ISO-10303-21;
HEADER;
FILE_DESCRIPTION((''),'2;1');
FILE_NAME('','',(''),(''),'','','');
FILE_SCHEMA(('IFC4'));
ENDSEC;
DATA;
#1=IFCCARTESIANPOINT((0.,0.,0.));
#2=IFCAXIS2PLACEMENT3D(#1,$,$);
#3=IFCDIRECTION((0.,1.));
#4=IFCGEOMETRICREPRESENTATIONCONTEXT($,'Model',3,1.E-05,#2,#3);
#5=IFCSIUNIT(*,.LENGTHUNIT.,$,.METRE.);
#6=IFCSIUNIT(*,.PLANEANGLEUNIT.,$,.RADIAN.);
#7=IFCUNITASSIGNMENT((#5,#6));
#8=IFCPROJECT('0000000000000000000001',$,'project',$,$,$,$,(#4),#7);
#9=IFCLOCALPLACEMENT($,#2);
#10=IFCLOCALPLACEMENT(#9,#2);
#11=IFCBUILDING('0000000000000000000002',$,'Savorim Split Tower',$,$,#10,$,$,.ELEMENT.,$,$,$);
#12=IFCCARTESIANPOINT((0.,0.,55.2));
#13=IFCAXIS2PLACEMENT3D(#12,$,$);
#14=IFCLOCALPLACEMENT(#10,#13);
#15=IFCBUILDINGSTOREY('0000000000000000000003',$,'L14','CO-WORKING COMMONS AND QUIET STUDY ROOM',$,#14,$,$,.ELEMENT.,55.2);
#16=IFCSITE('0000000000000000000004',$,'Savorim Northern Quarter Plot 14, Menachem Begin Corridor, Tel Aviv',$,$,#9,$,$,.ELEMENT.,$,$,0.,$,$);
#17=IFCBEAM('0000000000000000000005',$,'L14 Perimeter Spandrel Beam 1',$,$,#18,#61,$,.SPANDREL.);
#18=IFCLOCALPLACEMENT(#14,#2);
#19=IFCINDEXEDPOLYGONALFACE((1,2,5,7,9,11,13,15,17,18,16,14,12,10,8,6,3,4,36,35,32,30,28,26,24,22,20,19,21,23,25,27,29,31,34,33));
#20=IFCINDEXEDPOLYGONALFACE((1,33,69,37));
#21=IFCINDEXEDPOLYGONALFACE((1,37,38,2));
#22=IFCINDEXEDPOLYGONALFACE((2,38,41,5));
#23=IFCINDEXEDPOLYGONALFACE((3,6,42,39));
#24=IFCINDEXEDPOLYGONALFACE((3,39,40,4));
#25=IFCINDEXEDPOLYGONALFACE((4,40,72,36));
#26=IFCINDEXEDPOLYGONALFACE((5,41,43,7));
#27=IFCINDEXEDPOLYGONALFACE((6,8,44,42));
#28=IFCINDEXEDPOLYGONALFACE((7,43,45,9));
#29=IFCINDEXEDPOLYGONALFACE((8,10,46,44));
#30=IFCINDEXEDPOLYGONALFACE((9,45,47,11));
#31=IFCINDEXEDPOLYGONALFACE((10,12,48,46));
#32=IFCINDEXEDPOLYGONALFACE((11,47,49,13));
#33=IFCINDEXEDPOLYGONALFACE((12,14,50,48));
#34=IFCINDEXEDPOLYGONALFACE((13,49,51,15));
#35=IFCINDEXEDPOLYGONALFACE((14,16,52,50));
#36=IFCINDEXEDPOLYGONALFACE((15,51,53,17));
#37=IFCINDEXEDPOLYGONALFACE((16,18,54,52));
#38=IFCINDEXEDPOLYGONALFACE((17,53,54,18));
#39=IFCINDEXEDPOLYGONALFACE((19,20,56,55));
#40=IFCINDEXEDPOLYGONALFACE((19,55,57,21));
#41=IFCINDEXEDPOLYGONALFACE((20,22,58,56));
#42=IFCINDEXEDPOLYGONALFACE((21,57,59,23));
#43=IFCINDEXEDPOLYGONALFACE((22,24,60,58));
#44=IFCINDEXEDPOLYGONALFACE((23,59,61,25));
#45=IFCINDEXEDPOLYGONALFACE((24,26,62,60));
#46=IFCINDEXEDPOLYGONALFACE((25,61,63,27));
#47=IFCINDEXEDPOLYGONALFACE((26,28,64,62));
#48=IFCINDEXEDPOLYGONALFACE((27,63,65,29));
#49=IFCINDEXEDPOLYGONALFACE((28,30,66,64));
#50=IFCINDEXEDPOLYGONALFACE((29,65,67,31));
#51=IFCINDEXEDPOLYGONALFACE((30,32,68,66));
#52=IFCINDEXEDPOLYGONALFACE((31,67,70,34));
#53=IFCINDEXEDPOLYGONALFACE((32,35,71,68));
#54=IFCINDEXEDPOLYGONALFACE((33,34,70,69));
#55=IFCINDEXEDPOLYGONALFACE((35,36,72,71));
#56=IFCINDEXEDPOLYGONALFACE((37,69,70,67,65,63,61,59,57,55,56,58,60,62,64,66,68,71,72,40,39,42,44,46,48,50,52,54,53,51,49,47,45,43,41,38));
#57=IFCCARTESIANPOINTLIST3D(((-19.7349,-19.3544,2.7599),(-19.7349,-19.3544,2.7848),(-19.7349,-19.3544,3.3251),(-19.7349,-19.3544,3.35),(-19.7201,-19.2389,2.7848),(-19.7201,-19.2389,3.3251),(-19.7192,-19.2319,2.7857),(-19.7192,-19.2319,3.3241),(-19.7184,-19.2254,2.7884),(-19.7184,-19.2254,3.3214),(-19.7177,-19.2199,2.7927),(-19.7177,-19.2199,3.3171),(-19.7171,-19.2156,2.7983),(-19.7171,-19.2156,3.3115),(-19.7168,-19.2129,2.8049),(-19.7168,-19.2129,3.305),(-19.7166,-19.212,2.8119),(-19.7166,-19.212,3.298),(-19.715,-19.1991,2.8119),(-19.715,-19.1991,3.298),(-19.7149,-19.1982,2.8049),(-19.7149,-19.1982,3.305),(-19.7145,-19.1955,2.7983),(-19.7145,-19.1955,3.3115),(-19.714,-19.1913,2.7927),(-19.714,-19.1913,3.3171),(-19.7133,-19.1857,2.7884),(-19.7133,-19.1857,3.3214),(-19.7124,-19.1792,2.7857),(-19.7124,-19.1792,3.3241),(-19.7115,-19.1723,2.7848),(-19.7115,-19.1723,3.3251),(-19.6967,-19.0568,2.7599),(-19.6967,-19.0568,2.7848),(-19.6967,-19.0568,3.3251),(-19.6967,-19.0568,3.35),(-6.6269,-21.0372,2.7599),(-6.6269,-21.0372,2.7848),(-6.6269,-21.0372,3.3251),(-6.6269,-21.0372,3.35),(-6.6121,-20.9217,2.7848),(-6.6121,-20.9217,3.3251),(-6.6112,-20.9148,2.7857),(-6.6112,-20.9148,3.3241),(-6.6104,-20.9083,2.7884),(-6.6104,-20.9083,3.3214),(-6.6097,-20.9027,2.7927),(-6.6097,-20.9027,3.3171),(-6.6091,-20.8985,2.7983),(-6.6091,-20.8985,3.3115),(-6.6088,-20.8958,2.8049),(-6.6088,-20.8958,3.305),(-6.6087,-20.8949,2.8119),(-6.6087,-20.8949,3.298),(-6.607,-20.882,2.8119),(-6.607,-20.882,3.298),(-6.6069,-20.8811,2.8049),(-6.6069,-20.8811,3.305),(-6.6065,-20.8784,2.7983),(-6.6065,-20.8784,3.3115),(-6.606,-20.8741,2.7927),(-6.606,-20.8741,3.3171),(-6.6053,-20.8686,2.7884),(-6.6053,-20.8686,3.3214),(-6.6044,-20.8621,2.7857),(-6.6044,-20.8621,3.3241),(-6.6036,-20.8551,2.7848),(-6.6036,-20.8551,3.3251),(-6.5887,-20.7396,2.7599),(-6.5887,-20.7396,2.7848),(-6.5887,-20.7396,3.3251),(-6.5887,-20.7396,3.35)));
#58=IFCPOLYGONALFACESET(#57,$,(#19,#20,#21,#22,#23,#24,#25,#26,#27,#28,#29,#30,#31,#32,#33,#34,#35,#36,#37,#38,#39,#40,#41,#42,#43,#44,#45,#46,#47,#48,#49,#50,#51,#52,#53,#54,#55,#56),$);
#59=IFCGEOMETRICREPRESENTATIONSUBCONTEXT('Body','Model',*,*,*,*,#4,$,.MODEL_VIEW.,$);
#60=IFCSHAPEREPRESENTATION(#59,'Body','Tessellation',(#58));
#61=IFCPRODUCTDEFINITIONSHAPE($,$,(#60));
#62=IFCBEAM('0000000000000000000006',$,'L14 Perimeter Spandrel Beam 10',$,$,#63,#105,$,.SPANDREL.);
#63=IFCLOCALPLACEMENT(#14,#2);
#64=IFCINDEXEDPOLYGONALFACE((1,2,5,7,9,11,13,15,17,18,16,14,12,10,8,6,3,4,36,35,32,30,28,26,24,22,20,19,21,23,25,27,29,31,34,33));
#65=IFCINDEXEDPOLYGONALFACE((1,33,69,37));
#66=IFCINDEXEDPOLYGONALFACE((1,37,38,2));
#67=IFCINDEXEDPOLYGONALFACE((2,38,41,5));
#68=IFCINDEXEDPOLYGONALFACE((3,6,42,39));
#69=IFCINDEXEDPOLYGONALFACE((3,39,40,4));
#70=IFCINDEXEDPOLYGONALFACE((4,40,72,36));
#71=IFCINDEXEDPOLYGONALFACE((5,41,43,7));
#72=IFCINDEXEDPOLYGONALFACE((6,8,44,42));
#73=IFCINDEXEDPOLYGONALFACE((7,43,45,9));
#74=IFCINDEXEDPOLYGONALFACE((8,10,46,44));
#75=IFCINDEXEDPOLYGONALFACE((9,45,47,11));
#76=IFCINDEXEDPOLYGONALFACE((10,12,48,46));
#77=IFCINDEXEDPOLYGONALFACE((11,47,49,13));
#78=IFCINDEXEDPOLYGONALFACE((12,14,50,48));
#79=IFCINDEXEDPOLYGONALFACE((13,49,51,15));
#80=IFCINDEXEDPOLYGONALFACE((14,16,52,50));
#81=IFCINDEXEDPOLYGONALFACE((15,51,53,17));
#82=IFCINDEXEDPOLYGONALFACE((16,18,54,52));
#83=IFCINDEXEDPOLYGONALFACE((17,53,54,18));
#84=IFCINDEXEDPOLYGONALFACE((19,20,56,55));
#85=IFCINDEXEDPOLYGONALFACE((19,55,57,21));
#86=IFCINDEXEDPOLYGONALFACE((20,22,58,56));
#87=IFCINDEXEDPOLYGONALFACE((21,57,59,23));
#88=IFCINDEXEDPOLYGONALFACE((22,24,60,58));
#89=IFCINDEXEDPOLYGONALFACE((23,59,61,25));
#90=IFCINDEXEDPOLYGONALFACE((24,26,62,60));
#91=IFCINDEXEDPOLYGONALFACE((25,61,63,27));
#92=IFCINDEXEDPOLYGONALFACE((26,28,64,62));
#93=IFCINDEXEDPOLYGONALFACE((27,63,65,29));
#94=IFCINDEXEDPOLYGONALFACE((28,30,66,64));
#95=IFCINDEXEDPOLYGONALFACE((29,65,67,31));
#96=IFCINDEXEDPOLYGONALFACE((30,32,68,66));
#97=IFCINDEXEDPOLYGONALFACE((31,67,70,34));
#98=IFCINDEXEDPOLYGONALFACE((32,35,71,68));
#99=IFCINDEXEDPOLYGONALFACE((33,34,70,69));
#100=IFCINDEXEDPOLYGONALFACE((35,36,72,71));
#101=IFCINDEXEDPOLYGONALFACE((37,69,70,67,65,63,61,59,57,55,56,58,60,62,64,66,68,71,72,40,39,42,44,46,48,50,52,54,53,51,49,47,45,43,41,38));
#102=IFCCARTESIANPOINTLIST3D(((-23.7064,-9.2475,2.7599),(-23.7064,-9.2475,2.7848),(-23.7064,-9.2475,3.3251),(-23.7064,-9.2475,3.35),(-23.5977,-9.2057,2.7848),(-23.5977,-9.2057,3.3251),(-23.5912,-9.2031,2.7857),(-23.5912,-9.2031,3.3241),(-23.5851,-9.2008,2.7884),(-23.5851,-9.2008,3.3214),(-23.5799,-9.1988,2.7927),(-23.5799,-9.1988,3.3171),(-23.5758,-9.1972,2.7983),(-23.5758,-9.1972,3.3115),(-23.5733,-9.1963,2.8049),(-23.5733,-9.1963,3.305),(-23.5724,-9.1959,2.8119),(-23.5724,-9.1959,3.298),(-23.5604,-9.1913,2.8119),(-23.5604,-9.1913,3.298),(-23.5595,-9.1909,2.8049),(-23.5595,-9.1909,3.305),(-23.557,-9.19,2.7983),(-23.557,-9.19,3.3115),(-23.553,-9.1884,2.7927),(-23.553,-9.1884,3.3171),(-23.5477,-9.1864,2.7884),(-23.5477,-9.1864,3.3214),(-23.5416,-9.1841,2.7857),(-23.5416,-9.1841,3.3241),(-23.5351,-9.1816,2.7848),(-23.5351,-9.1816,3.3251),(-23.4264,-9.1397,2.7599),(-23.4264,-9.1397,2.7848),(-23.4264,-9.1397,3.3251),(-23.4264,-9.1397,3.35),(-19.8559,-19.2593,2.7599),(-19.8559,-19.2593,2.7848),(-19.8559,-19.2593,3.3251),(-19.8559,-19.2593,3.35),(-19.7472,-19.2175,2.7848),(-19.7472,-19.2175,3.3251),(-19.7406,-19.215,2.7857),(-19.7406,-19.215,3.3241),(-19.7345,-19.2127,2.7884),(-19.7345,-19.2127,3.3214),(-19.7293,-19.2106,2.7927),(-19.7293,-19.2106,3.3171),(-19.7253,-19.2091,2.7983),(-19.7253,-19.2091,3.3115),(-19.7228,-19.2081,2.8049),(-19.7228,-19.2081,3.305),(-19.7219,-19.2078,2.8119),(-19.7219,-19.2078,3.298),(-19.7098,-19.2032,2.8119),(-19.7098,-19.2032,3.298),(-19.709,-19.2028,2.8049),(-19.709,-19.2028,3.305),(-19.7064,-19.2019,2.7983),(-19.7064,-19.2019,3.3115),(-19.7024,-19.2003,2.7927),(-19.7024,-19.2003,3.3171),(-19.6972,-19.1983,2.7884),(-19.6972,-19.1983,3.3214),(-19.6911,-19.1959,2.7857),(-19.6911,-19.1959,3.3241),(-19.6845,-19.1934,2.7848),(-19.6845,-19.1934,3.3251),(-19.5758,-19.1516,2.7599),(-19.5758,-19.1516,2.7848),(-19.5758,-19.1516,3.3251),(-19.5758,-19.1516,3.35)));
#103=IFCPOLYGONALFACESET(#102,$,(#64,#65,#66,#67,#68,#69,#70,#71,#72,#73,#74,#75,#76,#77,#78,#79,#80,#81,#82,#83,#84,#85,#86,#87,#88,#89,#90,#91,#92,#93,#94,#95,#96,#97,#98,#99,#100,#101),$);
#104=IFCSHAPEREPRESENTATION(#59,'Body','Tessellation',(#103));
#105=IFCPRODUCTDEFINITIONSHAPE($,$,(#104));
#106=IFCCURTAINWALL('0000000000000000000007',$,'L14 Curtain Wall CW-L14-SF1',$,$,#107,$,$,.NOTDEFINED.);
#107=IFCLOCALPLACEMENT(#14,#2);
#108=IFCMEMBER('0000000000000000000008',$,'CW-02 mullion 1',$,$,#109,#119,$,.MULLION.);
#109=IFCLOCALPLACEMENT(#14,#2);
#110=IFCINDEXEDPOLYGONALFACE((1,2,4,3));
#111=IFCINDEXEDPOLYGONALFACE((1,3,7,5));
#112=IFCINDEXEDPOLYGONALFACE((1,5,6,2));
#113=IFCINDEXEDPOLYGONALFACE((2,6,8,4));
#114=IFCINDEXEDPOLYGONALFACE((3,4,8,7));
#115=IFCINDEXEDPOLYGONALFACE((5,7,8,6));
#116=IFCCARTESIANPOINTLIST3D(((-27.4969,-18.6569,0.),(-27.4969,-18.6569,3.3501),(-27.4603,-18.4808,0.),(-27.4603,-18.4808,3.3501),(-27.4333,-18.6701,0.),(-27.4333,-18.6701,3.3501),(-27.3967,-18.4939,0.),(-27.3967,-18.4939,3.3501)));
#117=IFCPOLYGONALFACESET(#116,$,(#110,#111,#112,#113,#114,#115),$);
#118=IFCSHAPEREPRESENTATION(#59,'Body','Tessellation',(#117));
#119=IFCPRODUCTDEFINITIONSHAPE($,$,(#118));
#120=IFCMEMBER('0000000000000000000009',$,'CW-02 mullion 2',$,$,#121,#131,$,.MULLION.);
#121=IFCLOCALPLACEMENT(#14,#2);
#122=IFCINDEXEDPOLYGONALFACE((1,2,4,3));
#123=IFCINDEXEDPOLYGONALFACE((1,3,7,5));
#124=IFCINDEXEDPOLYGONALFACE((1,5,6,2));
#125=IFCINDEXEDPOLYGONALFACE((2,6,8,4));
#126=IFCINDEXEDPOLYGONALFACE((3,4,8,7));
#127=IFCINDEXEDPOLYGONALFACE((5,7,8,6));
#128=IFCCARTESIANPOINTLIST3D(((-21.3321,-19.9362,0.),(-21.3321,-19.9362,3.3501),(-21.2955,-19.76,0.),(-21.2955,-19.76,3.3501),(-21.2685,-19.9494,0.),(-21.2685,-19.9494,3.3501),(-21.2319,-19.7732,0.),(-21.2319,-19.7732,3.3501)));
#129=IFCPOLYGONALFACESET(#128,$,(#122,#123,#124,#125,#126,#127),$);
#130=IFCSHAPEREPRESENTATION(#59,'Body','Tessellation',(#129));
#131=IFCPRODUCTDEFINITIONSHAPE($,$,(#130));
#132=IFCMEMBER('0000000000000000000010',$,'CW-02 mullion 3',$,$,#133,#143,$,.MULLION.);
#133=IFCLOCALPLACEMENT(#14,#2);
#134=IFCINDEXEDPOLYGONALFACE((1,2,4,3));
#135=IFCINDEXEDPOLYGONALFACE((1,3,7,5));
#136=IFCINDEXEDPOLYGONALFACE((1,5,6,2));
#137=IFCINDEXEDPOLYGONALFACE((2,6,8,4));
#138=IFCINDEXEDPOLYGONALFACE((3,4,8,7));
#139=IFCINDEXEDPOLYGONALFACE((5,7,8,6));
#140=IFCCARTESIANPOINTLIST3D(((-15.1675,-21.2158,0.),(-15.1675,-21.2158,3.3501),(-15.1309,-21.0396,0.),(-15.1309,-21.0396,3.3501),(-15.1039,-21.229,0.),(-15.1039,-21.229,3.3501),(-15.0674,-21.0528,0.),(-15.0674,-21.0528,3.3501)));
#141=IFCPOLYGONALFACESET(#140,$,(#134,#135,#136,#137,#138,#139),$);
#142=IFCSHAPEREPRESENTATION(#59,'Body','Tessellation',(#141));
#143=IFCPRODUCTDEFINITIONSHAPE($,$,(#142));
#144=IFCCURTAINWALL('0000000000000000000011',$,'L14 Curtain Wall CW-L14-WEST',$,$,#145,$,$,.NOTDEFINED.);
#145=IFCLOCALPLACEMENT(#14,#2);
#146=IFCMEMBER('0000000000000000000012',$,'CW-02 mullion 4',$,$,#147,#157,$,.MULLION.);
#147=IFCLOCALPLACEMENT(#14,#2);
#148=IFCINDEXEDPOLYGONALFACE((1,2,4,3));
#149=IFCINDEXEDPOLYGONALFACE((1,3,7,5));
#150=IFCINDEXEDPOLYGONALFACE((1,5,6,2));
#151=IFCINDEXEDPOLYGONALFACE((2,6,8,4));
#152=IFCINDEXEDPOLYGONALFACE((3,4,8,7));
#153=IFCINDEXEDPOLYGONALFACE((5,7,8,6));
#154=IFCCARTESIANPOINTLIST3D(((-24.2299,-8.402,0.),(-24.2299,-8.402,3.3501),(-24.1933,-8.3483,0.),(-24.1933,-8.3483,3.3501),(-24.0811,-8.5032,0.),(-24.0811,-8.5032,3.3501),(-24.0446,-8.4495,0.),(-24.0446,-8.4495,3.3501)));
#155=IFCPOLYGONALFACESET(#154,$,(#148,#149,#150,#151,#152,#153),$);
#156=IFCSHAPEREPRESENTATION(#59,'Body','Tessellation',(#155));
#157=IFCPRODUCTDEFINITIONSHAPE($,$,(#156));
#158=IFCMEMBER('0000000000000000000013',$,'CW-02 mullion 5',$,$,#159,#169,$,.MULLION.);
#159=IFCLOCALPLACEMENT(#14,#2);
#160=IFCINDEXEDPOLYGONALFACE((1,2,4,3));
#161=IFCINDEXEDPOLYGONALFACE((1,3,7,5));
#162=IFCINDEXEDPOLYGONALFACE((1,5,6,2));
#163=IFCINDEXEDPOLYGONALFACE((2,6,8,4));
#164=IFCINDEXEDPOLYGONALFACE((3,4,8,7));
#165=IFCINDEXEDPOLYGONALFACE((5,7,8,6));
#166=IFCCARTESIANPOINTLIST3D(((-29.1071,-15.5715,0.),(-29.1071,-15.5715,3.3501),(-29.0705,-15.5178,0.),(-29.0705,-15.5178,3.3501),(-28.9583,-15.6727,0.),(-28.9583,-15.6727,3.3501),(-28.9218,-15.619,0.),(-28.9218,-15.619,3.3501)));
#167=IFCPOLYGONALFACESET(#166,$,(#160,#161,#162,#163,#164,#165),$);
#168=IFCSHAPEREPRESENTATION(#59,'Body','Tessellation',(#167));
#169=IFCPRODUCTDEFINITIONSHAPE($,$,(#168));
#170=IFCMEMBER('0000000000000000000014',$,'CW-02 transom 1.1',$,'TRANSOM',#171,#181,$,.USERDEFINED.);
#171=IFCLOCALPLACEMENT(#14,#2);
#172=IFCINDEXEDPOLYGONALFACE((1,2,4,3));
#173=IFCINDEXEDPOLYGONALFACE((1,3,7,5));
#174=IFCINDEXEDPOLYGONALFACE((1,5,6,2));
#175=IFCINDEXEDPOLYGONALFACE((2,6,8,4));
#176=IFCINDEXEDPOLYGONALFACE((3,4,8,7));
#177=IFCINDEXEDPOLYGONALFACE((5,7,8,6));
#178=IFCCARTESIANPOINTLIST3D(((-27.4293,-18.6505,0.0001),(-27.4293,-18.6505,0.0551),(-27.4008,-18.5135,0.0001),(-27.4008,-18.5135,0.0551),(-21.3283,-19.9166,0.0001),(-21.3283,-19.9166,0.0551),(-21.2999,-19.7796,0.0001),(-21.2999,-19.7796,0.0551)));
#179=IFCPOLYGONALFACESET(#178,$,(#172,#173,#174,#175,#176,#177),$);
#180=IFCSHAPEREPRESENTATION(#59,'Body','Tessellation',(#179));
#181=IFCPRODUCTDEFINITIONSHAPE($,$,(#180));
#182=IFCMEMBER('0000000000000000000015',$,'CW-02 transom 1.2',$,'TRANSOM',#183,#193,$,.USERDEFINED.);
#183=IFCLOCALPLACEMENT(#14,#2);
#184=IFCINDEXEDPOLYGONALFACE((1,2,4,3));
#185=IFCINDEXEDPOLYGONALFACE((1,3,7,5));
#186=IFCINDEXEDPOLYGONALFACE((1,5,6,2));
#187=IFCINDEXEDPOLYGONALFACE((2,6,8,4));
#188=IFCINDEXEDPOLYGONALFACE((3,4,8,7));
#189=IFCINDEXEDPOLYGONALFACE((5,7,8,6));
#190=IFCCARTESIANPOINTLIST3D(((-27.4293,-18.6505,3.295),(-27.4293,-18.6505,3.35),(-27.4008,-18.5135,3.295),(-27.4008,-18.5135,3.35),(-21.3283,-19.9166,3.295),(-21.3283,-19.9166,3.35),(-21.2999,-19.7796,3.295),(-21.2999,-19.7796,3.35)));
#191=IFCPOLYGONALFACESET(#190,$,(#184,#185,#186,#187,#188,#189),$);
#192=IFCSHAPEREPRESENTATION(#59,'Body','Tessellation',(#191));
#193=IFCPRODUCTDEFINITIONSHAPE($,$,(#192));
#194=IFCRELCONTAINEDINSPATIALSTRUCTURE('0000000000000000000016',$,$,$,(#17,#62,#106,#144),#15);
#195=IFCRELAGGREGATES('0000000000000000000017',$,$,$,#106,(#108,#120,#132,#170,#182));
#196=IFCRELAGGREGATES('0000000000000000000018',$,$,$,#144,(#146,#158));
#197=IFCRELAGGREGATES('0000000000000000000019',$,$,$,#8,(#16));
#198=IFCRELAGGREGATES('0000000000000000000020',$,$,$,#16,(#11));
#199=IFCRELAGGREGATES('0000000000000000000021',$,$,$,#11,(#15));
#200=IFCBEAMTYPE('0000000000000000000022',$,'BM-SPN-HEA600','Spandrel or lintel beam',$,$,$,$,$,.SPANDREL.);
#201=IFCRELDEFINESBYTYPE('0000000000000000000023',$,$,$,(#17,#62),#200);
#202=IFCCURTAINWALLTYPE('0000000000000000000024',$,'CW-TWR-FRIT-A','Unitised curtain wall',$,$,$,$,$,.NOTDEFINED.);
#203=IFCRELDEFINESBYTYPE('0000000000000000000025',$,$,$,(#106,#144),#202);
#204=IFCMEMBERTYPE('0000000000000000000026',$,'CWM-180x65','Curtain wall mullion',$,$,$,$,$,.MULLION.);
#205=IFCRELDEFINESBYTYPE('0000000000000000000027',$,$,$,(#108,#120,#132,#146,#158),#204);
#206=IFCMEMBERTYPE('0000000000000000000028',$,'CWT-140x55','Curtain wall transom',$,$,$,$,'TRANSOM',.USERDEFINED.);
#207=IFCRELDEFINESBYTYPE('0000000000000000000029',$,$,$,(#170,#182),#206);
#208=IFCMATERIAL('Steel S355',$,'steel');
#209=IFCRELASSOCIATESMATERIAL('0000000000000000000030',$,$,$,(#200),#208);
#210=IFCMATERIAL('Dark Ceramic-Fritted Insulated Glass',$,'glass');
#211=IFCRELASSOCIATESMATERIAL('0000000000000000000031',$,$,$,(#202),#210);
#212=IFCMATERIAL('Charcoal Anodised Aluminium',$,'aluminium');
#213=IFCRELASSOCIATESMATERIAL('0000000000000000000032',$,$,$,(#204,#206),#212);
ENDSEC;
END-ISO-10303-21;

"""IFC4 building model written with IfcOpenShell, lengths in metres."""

from ifc_helpers import new_model, si_unit, direction, frame, origin, origin_2d, place, context, subcontext, project, spatial, rectangle, i_section, extrude, material, material_profile, profile_set, type_object, element, aggregate, save


model = new_model("IFC4")

# Units and contexts
model_context = context("Model", 3, precision=1e-05, world=origin(), true_north=direction((0.0, 1.0)))
body_context = subcontext(model_context, "Body", "Model", "MODEL_VIEW")
ifc_project = project(units=[si_unit("LENGTHUNIT", "METRE"), si_unit("PLANEANGLEUNIT", "RADIAN")], contexts=[model_context])

# Site, building, storey
site_placement = place(None, origin())
site = spatial("IfcSite", under=ifc_project, at=site_placement, Name="Savorim Northern Quarter Plot 14, Menachem Begin Corridor, Tel Aviv", CompositionType="ELEMENT", RefElevation=0.0)
building_placement = place(site_placement, origin())
building = spatial("IfcBuilding", under=site, at=building_placement, Name="Savorim Split Tower", CompositionType="ELEMENT")
storey_placement = place(building_placement, frame((0.0, 0.0, 55.2)))
storey = spatial("IfcBuildingStorey", under=building, at=storey_placement, Name="L14", Description="CO-WORKING COMMONS AND QUIET STUDY ROOM", CompositionType="ELEMENT", Elevation=55.2)

# Beams
ifc_material_1 = material(Name="Steel S355", Category="steel")
ifc_material_profile_1 = material_profile(ifc_material_1, i_section(OverallWidth=0.3, OverallDepth=0.5901, WebThickness=0.0129, FlangeThickness=0.0249, FilletRadius=0.0271, at=origin_2d()), Name="HEA 600")
ifc_profile_set_1 = profile_set([ifc_material_profile_1], Name="Steel S355")
beam_type_1 = type_object("IfcBeamType", Name="BM-SPN-HEA600", Description="Spandrel or lintel beam", PredefinedType="SPANDREL", material=ifc_profile_set_1)
beam_1_placement = place(storey_placement, frame((-19.7158, -19.2056, 3.0549), z_axis=(0.991859, -0.12734, 0.0), x_axis=(0.12734, 0.991859, 0.0)))
element("IfcBeam", 1, at=beam_1_placement, inside=storey, type_object=beam_type_1, Name="L14 Perimeter Spandrel Beam 1", PredefinedType="SPANDREL", context=body_context, shape_type="SweptSolid", body=[
    extrude(i_section(OverallWidth=0.3, OverallDepth=0.5901, WebThickness=0.0129, FlangeThickness=0.0249, FilletRadius=0.0271, at=origin_2d()), origin(), (0.0, 0.0, 1.0), 13.2156),
])
beam_2_placement = place(storey_placement, frame((-23.5664, -9.1936, 3.0549), z_axis=(0.358965, -0.933351, 0.0), x_axis=(0.933351, 0.358965, 0.0)))
element("IfcBeam", 2, at=beam_2_placement, inside=storey, type_object=beam_type_1, Name="L14 Perimeter Spandrel Beam 10", PredefinedType="SPANDREL", context=body_context, shape_type="SweptSolid", body=[
    extrude(i_section(OverallWidth=0.3, OverallDepth=0.5901, WebThickness=0.0129, FlangeThickness=0.0249, FilletRadius=0.0271, at=origin_2d()), origin(), (0.0, 0.0, 1.0), 10.7268),
])

# Curtain walls, members
ifc_material_2 = material(Name="Dark Ceramic-Fritted Insulated Glass", Category="glass")
curtain_wall_type = type_object("IfcCurtainWallType", Name="CW-TWR-FRIT-A", Description="Unitised curtain wall", PredefinedType="NOTDEFINED", material=ifc_material_2)
curtain_wall_1_placement = place(storey_placement, origin())
curtain_wall_1 = element("IfcCurtainWall", 3, at=curtain_wall_1_placement, inside=storey, type_object=curtain_wall_type, Name="L14 Curtain Wall CW-L14-SF1", PredefinedType="NOTDEFINED")
ifc_material_3 = material(Name="Charcoal Anodised Aluminium", Category="aluminium")
ifc_material_profile_2 = material_profile(ifc_material_3, rectangle(XDim=0.1799, YDim=0.0649, at=origin_2d()), Name="ALU-M 180x65")
ifc_profile_set_2 = profile_set([ifc_material_profile_2], Name="Charcoal Anodised Aluminium")
member_type_1 = type_object("IfcMemberType", Name="CWM-180x65", Description="Curtain wall mullion", PredefinedType="MULLION", material=ifc_profile_set_2)
member_1_placement = place(storey_placement, frame((-27.4468, -18.5754, 0.0), z_axis=(0.0, 0.0, 1.0), x_axis=(0.203214, 0.979134, 0.0)))
member_1 = element("IfcMember", 4, at=member_1_placement, type_object=member_type_1, Name="CW-02 mullion 1", PredefinedType="MULLION", context=body_context, shape_type="SweptSolid", body=[
    extrude(rectangle(XDim=0.1799, YDim=0.0649, at=origin_2d()), origin(), (0.0, 0.0, 1.0), 3.3501),
])
member_2_placement = place(storey_placement, frame((-21.282, -19.8547, 0.0), z_axis=(0.0, 0.0, 1.0), x_axis=(0.203214, 0.979134, 0.0)))
member_2 = element("IfcMember", 5, at=member_2_placement, type_object=member_type_1, Name="CW-02 mullion 2", PredefinedType="MULLION", context=body_context, shape_type="SweptSolid", body=[
    extrude(rectangle(XDim=0.1799, YDim=0.0649, at=origin_2d()), origin(), (0.0, 0.0, 1.0), 3.3501),
])
member_3_placement = place(storey_placement, frame((-15.1174, -21.1343, 0.0), z_axis=(0.0, 0.0, 1.0), x_axis=(0.203214, 0.979134, 0.0)))
member_3 = element("IfcMember", 6, at=member_3_placement, type_object=member_type_1, Name="CW-02 mullion 3", PredefinedType="MULLION", context=body_context, shape_type="SweptSolid", body=[
    extrude(rectangle(XDim=0.1799, YDim=0.0649, at=origin_2d()), origin(), (0.0, 0.0, 1.0), 3.3501),
])
curtain_wall_2_placement = place(storey_placement, origin())
curtain_wall_2 = element("IfcCurtainWall", 7, at=curtain_wall_2_placement, inside=storey, type_object=curtain_wall_type, Name="L14 Curtain Wall CW-L14-WEST", PredefinedType="NOTDEFINED")
member_4_placement = place(storey_placement, frame((-24.1372, -8.4258, 0.0), z_axis=(0.0, 0.0, 1.0), x_axis=(0.82682, -0.562466, 0.0)))
member_4 = element("IfcMember", 8, at=member_4_placement, type_object=member_type_1, Name="CW-02 mullion 4", PredefinedType="MULLION", context=body_context, shape_type="SweptSolid", body=[
    extrude(rectangle(XDim=0.1799, YDim=0.0649, at=origin_2d()), origin(), (0.0, 0.0, 1.0), 3.3501),
])
member_5_placement = place(storey_placement, frame((-29.0144, -15.5952, 0.0), z_axis=(0.0, 0.0, 1.0), x_axis=(0.82682, -0.562466, 0.0)))
member_5 = element("IfcMember", 9, at=member_5_placement, type_object=member_type_1, Name="CW-02 mullion 5", PredefinedType="MULLION", context=body_context, shape_type="SweptSolid", body=[
    extrude(rectangle(XDim=0.1799, YDim=0.0649, at=origin_2d()), origin(), (0.0, 0.0, 1.0), 3.3501),
])

# Members
ifc_material_profile_3 = material_profile(ifc_material_3, rectangle(XDim=0.1399, YDim=0.0549, at=origin_2d()), Name="ALU-T 140x55")
ifc_profile_set_3 = profile_set([ifc_material_profile_3], Name="Charcoal Anodised Aluminium")
member_type_2 = type_object("IfcMemberType", Name="CWT-140x55", Description="Curtain wall transom", ElementType="TRANSOM", PredefinedType="USERDEFINED", material=ifc_profile_set_3)
member_6_placement = place(storey_placement, frame((-27.415, -18.582, 0.0276), z_axis=(0.979139, -0.203194, 0.0), x_axis=(0.203194, 0.979139, 0.0)))
member_6 = element("IfcMember", 10, at=member_6_placement, type_object=member_type_2, Name="CW-02 transom 1.1", ObjectType="TRANSOM", PredefinedType="USERDEFINED", context=body_context, shape_type="SweptSolid", body=[
    extrude(rectangle(XDim=0.1399, YDim=0.0549, at=origin_2d()), origin(), (0.0, 0.0, 1.0), 6.231),
])
member_7_placement = place(storey_placement, frame((-27.415, -18.582, 3.3225), z_axis=(0.979139, -0.203194, 0.0), x_axis=(0.203194, 0.979139, 0.0)))
member_7 = element("IfcMember", 11, at=member_7_placement, type_object=member_type_2, Name="CW-02 transom 1.2", ObjectType="TRANSOM", PredefinedType="USERDEFINED", context=body_context, shape_type="SweptSolid", body=[
    extrude(rectangle(XDim=0.1399, YDim=0.0549, at=origin_2d()), origin(), (0.0, 0.0, 1.0), 6.231),
])

aggregate(curtain_wall_1, [member_1, member_2, member_3, member_6, member_7])
aggregate(curtain_wall_2, [member_4, member_5])

save(model, "model.ifc")
